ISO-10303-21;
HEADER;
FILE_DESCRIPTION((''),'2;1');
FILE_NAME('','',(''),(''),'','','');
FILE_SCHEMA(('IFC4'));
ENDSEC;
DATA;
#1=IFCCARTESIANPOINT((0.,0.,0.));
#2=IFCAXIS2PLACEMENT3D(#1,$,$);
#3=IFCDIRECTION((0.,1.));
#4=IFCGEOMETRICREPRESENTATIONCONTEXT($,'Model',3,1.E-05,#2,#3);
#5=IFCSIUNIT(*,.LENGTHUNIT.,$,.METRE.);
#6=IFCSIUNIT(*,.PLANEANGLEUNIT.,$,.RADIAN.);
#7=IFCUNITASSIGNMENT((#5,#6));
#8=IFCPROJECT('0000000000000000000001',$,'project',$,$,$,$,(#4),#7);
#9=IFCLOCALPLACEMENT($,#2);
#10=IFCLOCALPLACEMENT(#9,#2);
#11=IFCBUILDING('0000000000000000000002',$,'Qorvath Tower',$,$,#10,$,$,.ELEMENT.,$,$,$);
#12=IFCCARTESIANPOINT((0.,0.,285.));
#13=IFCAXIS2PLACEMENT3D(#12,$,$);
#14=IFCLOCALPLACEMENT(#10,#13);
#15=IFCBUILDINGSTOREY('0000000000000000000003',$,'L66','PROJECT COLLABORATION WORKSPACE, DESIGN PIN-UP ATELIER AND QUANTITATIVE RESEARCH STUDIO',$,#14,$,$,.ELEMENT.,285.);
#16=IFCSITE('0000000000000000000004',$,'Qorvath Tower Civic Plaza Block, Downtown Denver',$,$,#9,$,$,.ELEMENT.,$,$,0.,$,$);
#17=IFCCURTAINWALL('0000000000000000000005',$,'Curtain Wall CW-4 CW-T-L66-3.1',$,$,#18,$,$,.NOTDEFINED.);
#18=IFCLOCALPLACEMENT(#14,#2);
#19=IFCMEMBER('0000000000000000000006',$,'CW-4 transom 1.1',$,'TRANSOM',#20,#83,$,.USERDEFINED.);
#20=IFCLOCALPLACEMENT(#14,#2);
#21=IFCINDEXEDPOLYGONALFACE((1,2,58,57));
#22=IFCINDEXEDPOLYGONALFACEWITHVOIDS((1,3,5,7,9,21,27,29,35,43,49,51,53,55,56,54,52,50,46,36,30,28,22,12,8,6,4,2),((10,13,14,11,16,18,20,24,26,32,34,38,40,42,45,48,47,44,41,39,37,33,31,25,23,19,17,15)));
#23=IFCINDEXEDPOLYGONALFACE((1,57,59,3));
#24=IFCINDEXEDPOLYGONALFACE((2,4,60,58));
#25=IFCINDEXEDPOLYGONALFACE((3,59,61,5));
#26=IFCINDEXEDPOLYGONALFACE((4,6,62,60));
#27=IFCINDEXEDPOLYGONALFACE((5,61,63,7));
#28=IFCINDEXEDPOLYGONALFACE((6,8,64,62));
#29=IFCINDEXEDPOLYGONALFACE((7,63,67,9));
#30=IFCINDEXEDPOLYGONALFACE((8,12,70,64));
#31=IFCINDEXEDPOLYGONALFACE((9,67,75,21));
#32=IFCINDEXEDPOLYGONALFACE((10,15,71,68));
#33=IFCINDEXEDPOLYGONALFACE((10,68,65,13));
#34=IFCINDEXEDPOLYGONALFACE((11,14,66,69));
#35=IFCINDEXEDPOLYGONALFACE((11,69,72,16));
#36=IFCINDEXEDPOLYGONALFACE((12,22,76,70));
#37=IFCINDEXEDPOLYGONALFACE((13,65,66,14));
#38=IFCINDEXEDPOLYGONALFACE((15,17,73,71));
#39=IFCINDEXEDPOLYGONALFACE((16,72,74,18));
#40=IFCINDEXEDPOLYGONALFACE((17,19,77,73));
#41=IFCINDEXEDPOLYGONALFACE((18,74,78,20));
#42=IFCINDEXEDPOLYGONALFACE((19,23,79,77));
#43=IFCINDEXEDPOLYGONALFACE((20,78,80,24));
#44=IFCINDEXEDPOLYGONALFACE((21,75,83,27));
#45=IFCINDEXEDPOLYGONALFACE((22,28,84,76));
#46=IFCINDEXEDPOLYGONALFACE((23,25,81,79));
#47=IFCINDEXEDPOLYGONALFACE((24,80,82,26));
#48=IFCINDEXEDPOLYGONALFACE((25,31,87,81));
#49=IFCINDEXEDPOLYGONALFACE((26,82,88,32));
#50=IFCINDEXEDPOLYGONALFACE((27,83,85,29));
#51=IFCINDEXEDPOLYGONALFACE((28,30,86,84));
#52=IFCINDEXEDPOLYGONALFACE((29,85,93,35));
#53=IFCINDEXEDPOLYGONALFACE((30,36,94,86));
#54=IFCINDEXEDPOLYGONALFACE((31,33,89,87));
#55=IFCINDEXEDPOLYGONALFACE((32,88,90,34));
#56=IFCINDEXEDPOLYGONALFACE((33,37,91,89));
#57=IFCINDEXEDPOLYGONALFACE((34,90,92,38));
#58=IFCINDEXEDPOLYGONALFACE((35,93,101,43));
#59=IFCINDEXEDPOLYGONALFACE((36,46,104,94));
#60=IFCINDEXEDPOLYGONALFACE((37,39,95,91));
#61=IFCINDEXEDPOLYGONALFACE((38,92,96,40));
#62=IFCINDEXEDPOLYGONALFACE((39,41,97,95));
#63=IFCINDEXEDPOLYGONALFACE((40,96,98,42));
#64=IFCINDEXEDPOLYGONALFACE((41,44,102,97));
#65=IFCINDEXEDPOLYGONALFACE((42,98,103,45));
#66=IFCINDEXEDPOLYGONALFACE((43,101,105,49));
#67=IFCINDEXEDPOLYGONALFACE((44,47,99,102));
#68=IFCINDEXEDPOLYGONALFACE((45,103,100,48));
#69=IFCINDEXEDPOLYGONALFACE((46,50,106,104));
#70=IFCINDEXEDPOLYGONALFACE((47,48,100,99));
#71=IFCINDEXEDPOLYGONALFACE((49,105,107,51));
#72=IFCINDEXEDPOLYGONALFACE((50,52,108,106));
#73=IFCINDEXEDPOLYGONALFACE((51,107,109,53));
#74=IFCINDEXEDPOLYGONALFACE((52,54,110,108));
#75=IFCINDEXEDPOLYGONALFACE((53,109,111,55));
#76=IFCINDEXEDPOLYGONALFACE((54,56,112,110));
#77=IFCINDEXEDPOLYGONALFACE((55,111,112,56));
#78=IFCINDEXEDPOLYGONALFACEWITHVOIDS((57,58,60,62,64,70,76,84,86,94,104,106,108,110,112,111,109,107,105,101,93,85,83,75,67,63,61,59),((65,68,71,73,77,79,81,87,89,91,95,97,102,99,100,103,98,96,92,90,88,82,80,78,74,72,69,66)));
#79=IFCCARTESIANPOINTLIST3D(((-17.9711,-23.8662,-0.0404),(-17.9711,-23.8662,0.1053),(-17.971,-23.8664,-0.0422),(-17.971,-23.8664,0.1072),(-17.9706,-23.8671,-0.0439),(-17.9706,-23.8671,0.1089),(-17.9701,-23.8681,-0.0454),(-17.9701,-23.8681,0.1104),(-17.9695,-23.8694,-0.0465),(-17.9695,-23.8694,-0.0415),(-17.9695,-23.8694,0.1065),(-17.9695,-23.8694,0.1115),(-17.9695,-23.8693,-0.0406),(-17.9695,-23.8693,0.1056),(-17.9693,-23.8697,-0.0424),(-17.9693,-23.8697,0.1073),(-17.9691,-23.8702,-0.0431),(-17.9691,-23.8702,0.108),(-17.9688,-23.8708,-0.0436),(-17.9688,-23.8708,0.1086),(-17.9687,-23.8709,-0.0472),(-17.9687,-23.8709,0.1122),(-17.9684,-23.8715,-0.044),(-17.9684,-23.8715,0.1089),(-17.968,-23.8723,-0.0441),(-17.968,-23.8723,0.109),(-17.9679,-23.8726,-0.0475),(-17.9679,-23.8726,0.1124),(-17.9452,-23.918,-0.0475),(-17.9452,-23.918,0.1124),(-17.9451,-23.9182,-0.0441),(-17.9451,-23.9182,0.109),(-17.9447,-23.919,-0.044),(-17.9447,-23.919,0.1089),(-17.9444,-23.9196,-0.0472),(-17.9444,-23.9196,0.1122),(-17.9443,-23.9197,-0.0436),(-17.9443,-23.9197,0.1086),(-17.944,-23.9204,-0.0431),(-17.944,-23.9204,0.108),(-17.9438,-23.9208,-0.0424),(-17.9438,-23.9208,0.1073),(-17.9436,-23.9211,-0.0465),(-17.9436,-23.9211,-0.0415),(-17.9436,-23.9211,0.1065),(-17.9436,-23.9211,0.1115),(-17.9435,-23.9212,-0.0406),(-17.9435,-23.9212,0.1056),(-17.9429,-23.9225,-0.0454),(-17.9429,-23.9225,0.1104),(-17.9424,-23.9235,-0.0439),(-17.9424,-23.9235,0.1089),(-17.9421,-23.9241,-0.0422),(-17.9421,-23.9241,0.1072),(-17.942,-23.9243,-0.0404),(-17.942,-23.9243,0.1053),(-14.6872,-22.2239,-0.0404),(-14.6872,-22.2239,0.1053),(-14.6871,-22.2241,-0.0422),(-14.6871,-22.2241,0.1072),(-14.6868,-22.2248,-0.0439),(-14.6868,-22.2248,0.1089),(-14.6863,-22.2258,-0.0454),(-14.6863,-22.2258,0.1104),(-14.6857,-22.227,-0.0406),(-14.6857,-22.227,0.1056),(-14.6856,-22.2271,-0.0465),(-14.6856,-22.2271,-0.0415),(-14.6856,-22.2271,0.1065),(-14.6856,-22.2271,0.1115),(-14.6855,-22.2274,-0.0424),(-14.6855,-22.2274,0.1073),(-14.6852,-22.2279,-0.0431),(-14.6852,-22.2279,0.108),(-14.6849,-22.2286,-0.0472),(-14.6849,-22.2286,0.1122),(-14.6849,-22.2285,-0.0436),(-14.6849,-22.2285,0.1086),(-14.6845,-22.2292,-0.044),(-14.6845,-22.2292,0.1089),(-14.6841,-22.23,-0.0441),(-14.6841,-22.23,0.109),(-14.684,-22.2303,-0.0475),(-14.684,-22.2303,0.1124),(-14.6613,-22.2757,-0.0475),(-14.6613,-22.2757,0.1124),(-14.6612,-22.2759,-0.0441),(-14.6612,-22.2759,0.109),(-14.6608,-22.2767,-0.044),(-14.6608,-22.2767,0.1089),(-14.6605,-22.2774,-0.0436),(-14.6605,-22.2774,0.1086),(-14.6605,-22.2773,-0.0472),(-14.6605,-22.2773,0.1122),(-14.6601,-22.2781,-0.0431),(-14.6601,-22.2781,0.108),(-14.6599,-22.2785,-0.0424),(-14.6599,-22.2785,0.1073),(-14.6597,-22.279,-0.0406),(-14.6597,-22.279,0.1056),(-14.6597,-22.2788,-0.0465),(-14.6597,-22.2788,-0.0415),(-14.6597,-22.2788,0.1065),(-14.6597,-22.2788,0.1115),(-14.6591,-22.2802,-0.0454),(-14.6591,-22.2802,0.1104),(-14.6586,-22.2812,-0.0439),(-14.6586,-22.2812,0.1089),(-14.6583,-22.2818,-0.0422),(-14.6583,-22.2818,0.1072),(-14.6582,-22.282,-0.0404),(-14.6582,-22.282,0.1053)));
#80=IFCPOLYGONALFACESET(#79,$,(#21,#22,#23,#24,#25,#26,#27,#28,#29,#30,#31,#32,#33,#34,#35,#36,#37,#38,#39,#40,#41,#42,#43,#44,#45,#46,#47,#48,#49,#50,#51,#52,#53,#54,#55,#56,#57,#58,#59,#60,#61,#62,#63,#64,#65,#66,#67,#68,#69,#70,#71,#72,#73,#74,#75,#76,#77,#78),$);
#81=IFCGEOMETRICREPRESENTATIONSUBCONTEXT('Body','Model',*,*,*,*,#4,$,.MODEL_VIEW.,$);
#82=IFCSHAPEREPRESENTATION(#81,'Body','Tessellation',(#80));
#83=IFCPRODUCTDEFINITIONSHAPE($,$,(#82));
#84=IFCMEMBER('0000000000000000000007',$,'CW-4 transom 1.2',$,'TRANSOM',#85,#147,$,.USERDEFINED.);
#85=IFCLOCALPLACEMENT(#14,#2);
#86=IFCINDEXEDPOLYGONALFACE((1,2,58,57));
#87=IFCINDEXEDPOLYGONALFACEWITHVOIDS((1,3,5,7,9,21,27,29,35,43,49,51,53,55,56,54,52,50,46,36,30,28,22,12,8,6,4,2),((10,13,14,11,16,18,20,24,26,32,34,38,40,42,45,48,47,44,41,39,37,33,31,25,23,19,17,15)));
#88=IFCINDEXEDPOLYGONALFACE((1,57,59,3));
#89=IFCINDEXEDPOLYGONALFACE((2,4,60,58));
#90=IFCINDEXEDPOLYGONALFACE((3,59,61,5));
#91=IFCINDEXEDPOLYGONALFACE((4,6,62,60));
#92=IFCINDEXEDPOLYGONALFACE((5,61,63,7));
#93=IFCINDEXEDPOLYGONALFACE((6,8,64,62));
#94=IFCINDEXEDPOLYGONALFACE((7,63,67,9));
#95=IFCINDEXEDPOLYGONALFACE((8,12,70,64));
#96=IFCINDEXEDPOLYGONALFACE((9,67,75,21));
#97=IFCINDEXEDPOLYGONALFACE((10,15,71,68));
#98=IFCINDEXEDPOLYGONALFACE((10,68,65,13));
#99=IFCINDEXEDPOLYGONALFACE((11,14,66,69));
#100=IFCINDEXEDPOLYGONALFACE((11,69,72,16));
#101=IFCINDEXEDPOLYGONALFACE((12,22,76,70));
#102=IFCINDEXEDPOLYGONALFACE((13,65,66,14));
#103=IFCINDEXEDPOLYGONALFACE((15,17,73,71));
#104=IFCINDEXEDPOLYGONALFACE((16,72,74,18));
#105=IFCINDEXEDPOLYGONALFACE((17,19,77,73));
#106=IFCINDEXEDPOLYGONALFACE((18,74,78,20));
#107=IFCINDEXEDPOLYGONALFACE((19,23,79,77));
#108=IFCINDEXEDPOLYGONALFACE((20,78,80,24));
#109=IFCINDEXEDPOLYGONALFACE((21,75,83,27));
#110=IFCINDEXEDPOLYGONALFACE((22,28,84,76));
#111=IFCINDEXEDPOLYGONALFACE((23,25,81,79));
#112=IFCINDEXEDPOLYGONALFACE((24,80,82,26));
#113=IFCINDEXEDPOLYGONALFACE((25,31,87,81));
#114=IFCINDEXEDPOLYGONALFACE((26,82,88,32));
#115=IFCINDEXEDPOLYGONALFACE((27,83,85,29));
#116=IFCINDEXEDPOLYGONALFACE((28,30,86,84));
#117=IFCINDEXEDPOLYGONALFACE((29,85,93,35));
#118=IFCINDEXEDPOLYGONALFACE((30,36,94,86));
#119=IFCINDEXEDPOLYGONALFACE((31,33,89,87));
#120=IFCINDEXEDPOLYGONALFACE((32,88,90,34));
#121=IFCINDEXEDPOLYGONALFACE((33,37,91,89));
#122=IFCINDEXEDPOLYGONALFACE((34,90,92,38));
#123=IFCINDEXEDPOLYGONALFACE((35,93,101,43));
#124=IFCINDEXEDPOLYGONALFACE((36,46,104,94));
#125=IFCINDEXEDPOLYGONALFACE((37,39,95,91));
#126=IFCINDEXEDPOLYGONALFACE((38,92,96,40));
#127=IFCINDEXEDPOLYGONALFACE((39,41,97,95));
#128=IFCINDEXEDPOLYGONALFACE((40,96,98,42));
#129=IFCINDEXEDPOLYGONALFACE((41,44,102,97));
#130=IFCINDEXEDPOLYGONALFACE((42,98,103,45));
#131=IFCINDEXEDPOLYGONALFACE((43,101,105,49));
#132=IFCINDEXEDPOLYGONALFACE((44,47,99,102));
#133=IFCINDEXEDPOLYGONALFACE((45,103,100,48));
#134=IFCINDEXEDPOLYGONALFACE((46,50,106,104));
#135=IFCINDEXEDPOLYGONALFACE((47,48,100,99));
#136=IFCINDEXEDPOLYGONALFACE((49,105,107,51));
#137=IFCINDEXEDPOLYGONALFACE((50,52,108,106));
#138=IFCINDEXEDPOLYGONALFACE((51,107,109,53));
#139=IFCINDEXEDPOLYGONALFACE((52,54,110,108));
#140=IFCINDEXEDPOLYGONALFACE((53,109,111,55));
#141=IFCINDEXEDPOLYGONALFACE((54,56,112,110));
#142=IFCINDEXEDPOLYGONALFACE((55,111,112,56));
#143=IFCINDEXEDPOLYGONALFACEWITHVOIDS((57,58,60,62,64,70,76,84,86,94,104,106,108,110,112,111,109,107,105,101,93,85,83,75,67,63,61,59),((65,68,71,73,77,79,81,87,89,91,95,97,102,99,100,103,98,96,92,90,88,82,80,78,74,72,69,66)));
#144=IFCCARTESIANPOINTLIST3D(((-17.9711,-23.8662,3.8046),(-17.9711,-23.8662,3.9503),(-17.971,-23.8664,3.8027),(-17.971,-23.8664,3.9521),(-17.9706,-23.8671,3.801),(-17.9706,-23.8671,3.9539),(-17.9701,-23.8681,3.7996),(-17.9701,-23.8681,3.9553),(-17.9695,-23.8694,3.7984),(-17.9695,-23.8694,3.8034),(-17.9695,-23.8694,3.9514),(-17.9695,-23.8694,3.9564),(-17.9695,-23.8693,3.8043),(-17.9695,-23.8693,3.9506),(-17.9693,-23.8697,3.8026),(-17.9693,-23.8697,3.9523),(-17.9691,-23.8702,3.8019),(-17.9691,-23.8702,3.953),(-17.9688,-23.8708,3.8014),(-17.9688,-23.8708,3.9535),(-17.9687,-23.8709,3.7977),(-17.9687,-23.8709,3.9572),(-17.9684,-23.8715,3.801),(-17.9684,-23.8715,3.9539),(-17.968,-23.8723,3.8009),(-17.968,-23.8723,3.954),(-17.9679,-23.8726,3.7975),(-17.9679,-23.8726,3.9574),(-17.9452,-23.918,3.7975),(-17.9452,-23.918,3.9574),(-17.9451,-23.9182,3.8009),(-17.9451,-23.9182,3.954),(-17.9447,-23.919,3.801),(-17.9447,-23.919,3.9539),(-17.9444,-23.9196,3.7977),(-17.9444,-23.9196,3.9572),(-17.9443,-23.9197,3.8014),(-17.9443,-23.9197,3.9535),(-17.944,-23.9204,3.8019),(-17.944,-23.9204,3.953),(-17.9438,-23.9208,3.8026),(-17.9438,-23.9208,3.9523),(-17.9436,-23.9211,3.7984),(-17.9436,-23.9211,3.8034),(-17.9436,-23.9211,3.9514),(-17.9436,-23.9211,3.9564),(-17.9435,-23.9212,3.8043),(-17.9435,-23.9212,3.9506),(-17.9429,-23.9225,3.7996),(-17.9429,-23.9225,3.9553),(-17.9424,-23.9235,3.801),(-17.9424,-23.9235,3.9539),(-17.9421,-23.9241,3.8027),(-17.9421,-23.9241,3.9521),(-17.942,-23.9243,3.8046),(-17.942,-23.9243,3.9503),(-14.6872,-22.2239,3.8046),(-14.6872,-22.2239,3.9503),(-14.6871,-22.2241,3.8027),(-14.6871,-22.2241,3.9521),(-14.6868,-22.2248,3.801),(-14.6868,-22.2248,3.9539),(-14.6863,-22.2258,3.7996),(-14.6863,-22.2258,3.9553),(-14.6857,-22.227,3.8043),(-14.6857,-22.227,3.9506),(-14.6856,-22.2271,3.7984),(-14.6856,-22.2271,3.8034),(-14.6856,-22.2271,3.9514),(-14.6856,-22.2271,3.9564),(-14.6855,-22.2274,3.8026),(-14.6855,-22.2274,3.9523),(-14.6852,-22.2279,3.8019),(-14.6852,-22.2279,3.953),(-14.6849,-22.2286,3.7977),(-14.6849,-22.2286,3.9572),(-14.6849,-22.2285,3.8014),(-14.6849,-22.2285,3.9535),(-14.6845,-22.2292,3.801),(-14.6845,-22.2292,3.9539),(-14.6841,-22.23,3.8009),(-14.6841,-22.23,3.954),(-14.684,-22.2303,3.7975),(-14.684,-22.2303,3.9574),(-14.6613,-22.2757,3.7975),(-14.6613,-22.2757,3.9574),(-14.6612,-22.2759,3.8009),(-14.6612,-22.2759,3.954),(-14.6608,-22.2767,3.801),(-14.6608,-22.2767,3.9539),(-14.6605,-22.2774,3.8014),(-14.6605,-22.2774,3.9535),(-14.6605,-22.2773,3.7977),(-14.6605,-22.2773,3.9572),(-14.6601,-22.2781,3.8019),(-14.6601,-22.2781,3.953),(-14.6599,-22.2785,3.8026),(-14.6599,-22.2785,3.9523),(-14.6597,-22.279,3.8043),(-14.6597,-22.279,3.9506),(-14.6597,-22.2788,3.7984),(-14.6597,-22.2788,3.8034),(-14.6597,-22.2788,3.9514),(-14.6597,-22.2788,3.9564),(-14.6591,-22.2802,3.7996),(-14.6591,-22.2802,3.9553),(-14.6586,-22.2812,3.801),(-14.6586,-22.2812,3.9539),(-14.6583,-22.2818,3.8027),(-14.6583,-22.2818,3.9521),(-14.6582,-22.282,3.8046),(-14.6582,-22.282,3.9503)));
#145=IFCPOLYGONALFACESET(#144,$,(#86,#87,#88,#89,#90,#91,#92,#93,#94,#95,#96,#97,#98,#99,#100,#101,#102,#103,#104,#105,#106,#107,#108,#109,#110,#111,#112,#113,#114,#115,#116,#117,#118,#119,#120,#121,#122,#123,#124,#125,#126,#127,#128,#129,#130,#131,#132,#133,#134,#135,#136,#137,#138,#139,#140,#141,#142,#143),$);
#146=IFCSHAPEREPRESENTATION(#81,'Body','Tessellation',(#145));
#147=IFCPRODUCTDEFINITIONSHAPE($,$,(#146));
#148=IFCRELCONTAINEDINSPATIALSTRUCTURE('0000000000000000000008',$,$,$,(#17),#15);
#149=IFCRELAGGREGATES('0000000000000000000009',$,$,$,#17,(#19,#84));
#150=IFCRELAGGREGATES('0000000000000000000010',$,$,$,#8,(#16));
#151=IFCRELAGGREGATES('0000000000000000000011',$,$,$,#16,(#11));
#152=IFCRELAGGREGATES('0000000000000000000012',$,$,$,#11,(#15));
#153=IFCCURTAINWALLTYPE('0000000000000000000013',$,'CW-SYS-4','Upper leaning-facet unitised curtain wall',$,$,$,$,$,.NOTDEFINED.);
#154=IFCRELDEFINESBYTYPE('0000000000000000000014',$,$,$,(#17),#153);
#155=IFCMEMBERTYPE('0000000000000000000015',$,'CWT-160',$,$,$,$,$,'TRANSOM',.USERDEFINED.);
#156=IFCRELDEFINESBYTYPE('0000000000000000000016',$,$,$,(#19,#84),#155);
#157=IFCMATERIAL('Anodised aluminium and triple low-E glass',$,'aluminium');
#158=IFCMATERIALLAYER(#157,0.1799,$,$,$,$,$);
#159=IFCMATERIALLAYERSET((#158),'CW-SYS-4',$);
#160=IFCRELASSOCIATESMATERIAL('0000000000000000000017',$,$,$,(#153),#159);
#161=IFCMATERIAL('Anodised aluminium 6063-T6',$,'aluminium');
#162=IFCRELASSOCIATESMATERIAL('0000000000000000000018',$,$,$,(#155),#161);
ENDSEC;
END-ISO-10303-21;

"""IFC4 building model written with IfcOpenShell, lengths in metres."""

from ifc_helpers import new_model, si_unit, direction, frame, origin, origin_2d, place, context, subcontext, project, spatial, hollow_rectangle, extrude, material, layer, layer_set, material_profile, profile_set, type_object, element, aggregate, save


model = new_model("IFC4")

# Units and contexts
model_context = context("Model", 3, precision=1e-05, world=origin(), true_north=direction((0.0, 1.0)))
body_context = subcontext(model_context, "Body", "Model", "MODEL_VIEW")
ifc_project = project(units=[si_unit("LENGTHUNIT", "METRE"), si_unit("PLANEANGLEUNIT", "RADIAN")], contexts=[model_context])

# Site, building, storey
site_placement = place(None, origin())
site = spatial("IfcSite", under=ifc_project, at=site_placement, Name="Qorvath Tower Civic Plaza Block, Downtown Denver", CompositionType="ELEMENT", RefElevation=0.0)
building_placement = place(site_placement, origin())
building = spatial("IfcBuilding", under=site, at=building_placement, Name="Qorvath Tower", CompositionType="ELEMENT")
storey_placement = place(building_placement, frame((0.0, 0.0, 285.0)))
storey = spatial("IfcBuildingStorey", under=building, at=storey_placement, Name="L66", Description="PROJECT COLLABORATION WORKSPACE, DESIGN PIN-UP ATELIER AND QUANTITATIVE RESEARCH STUDIO", CompositionType="ELEMENT", Elevation=285.0)

# Shared definitions
ifc_material_1 = material(Name="Anodised aluminium and triple low-E glass", Category="aluminium")
ifc_layer_1 = layer(ifc_material_1, 0.1799)
ifc_layer_set_1 = layer_set([ifc_layer_1], Name="CW-SYS-4")
curtain_wall_type = type_object("IfcCurtainWallType", Name="CW-SYS-4", Description="Upper leaning-facet unitised curtain wall", PredefinedType="NOTDEFINED", material=ifc_layer_set_1)

# Curtain wall
curtain_wall_1_placement = place(storey_placement, origin())
curtain_wall_1 = element("IfcCurtainWall", 1, at=curtain_wall_1_placement, inside=storey, type_object=curtain_wall_type, Name="Curtain Wall CW-4 CW-T-L66-3.1", PredefinedType="NOTDEFINED")

# Members
ifc_material_2 = material(Name="Anodised aluminium 6063-T6", Category="aluminium")
ifc_material_profile_1 = material_profile(ifc_material_2, hollow_rectangle(XDim=0.0649, YDim=0.1599, WallThickness=0.0034, InnerFilletRadius=0.0034, OuterFilletRadius=0.0071, at=origin_2d()), Name="CWT 160x65")
ifc_profile_set_1 = profile_set([ifc_material_profile_1], Name="Anodised aluminium 6063-T6")
member_type_1 = type_object("IfcMemberType", Name="CWT-160", ElementType="TRANSOM", PredefinedType="USERDEFINED", material=ifc_profile_set_1)
member_1_placement = place(storey_placement, frame((-17.9565, -23.8953, 0.0325), z_axis=(0.894387, 0.447293, 0.0), x_axis=(-0.447293, 0.894387, 0.0)))
member_1 = element("IfcMember", 2, at=member_1_placement, type_object=member_type_1, Name="CW-4 transom 1.1", ObjectType="TRANSOM", PredefinedType="USERDEFINED", context=body_context, shape_type="SweptSolid", body=[
    extrude(hollow_rectangle(XDim=0.0649, YDim=0.1599, WallThickness=0.0034, InnerFilletRadius=0.0034, OuterFilletRadius=0.0071, at=origin_2d()), origin(), (0.0, 0.0, 1.0), 3.6716),
])
member_2_placement = place(storey_placement, frame((-17.9565, -23.8953, 3.8774), z_axis=(0.894387, 0.447293, 0.0), x_axis=(-0.447293, 0.894387, 0.0)))
member_2 = element("IfcMember", 3, at=member_2_placement, type_object=member_type_1, Name="CW-4 transom 1.2", ObjectType="TRANSOM", PredefinedType="USERDEFINED", context=body_context, shape_type="SweptSolid", body=[
    extrude(hollow_rectangle(XDim=0.0649, YDim=0.1599, WallThickness=0.0034, InnerFilletRadius=0.0034, OuterFilletRadius=0.0071, at=origin_2d()), origin(), (0.0, 0.0, 1.0), 3.6716),
])

aggregate(curtain_wall_1, [member_1, member_2])

save(model, "model.ifc")
